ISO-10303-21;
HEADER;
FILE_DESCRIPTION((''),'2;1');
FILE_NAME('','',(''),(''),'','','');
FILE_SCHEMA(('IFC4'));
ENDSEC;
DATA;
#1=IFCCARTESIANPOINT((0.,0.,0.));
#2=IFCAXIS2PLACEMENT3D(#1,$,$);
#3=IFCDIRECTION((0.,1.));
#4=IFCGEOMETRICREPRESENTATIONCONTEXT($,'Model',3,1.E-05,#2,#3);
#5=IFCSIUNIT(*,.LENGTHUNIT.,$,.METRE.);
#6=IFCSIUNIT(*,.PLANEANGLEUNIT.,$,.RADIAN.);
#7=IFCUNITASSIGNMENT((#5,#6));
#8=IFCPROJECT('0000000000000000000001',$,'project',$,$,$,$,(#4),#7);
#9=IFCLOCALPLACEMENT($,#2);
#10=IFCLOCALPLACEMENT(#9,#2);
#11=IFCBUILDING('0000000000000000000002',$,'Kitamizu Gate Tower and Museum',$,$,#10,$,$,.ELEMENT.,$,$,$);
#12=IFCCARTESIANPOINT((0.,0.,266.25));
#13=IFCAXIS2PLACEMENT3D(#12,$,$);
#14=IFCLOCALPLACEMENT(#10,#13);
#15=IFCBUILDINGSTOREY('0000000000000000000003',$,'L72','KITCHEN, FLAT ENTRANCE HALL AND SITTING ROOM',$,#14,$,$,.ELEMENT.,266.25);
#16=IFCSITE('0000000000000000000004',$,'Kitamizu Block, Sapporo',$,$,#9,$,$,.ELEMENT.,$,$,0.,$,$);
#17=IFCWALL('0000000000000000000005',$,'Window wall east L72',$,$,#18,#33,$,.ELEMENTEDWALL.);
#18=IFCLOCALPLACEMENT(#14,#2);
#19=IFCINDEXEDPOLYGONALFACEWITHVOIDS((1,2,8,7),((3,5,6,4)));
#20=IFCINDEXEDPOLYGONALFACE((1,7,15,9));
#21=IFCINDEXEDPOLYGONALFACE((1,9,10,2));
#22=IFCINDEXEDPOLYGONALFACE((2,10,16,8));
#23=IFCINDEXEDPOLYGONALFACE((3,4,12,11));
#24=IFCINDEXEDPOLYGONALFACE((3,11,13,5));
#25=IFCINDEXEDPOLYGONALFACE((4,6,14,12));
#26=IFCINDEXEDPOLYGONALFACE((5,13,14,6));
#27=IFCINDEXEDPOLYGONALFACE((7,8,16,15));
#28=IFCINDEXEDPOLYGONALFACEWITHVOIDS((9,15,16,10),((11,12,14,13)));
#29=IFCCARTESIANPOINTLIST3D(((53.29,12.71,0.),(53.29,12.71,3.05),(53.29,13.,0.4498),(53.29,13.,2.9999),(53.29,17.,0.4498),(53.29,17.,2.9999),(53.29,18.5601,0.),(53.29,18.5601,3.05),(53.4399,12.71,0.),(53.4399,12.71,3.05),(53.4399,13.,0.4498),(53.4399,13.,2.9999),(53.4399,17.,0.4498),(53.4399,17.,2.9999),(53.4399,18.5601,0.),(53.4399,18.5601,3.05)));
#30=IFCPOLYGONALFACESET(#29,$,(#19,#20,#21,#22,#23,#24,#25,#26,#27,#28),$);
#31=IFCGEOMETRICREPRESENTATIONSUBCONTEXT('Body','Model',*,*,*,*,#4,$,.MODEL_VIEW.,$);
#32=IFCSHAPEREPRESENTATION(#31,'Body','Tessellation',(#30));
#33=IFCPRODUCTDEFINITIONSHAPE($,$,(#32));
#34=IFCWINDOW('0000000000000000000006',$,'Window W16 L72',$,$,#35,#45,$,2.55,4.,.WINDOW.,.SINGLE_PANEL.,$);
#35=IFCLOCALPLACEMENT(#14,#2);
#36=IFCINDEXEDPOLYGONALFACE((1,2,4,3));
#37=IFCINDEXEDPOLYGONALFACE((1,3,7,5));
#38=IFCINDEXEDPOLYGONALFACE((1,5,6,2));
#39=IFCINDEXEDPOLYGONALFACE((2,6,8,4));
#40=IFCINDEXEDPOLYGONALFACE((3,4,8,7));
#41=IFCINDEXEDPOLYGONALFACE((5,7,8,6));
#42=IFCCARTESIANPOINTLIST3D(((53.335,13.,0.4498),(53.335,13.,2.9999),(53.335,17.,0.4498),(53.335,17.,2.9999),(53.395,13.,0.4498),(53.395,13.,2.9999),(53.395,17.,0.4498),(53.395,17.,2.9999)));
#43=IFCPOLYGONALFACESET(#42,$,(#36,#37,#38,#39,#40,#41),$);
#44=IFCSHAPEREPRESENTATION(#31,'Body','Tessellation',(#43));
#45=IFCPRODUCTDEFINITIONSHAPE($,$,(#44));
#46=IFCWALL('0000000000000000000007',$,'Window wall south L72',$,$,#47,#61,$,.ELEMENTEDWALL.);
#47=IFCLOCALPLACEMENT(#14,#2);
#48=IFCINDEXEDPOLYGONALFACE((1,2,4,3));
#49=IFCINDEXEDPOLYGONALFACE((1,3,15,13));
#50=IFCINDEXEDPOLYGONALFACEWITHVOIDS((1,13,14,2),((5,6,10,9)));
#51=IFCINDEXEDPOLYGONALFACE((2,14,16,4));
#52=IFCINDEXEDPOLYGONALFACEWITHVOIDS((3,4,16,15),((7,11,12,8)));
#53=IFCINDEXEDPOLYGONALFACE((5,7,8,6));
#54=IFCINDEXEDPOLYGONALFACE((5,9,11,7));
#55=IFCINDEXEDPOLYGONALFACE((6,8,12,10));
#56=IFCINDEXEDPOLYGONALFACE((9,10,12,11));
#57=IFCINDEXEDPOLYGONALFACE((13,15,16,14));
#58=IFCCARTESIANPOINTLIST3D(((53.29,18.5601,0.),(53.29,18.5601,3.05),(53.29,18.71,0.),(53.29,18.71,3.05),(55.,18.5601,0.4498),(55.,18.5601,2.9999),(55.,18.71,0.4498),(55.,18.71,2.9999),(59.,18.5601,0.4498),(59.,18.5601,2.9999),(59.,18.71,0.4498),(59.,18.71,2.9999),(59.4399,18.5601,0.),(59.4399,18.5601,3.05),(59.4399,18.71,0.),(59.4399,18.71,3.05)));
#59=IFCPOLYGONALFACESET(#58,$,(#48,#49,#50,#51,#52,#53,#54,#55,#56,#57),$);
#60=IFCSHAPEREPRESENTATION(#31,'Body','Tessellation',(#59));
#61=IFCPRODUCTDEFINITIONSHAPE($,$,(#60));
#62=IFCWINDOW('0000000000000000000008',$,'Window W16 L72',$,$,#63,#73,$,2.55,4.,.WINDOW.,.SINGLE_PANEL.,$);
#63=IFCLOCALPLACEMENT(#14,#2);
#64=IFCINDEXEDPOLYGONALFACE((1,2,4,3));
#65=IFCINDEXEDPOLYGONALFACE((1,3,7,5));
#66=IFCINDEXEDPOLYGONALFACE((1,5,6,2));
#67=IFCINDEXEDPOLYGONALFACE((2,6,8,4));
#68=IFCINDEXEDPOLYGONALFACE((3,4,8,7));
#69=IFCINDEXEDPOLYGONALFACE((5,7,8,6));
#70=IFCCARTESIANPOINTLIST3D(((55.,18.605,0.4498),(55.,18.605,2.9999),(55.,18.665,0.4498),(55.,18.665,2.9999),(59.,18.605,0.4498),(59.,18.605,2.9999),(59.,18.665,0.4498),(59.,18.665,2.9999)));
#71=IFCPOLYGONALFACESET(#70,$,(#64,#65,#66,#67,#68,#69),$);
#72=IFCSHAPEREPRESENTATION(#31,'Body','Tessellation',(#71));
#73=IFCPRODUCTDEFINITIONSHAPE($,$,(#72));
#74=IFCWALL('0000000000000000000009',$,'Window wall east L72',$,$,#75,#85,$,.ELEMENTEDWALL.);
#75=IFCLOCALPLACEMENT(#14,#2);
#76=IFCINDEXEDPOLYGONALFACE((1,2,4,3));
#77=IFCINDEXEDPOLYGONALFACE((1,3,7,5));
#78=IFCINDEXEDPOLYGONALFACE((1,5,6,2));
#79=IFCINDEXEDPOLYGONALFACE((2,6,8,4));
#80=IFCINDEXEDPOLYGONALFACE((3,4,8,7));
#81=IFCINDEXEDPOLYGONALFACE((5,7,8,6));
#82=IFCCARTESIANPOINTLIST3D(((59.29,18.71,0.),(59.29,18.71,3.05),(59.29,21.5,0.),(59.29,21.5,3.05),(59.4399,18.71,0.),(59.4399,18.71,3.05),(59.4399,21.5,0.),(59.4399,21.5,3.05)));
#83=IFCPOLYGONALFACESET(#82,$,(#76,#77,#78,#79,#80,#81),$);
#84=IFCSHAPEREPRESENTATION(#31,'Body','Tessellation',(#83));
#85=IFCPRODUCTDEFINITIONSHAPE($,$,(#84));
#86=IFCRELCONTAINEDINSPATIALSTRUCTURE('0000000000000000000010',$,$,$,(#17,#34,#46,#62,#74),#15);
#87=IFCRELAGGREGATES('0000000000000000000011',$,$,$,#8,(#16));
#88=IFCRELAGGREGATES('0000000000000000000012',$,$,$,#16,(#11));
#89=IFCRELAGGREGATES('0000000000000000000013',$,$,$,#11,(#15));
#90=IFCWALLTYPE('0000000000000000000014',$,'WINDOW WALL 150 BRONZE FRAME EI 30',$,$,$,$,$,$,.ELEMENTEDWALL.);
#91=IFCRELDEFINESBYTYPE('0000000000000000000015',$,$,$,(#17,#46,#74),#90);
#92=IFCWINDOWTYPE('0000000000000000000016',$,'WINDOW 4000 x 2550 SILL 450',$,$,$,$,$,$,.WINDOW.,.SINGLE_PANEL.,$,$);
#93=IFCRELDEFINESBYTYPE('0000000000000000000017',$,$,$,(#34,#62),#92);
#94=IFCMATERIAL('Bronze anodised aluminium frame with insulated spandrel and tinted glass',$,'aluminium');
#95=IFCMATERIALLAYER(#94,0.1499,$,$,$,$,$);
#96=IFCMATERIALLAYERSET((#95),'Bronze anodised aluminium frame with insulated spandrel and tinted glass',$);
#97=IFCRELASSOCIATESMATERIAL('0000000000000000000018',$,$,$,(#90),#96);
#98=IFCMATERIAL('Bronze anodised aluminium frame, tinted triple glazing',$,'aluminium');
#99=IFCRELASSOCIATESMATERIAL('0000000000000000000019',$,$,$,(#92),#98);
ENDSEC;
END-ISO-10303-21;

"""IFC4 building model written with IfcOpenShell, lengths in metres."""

from ifc_helpers import new_model, si_unit, direction, frame, frame_2d, origin, place, context, subcontext, project, spatial, rectangle, extrude, material, layer, layer_set, type_object, element, fill, save


model = new_model("IFC4")

# Units and contexts
model_context = context("Model", 3, precision=1e-05, world=origin(), true_north=direction((0.0, 1.0)))
body_context = subcontext(model_context, "Body", "Model", "MODEL_VIEW")
ifc_project = project(units=[si_unit("LENGTHUNIT", "METRE"), si_unit("PLANEANGLEUNIT", "RADIAN")], contexts=[model_context])

# Site, building, storey
site_placement = place(None, origin())
site = spatial("IfcSite", under=ifc_project, at=site_placement, Name="Kitamizu Block, Sapporo", CompositionType="ELEMENT", RefElevation=0.0)
building_placement = place(site_placement, origin())
building = spatial("IfcBuilding", under=site, at=building_placement, Name="Kitamizu Gate Tower and Museum", CompositionType="ELEMENT")
storey_placement = place(building_placement, frame((0.0, 0.0, 266.25)))
storey = spatial("IfcBuildingStorey", under=building, at=storey_placement, Name="L72", Description="KITCHEN, FLAT ENTRANCE HALL AND SITTING ROOM", CompositionType="ELEMENT", Elevation=266.25)

# Walls, openings, windows
ifc_material_1 = material(Name="Bronze anodised aluminium frame with insulated spandrel and tinted glass", Category="aluminium")
ifc_layer_1 = layer(ifc_material_1, 0.1499)
ifc_layer_set_1 = layer_set([ifc_layer_1], Name="Bronze anodised aluminium frame with insulated spandrel and tinted glass")
wall_type_1 = type_object("IfcWallType", Name="WINDOW WALL 150 BRONZE FRAME EI 30", PredefinedType="ELEMENTEDWALL", material=ifc_layer_set_1)
wall_1_placement = place(storey_placement, frame((53.365, 12.71, 0.0), z_axis=(0.0, 0.0, 1.0), x_axis=(0.0, 1.0, 0.0)))
wall_1 = element("IfcWall", 1, at=wall_1_placement, inside=storey, type_object=wall_type_1, Name="Window wall east L72", PredefinedType="ELEMENTEDWALL", context=body_context, shape_type="SweptSolid", body=[
    extrude(rectangle(XDim=5.8501, YDim=0.1499, at=frame_2d((2.925, 0.0))), origin(), (0.0, 0.0, 1.0), 3.05),
])
opening_1_placement = place(wall_1_placement, frame((0.29, 0.0, 0.45)))
opening_1 = element("IfcOpeningElement", 2, at=opening_1_placement, cuts=wall_1, PredefinedType="OPENING", context=body_context, shape_type="SweptSolid", body=[
    extrude(rectangle(XDim=4.0, YDim=2.55, at=frame_2d((2.0, 1.2749))), frame((0.0, 0.085, 0.0), z_axis=(0.0, -1.0, 0.0), x_axis=(1.0, 0.0, 0.0)), (0.0, 0.0, 1.0), 0.1699),
])
ifc_material_2 = material(Name="Bronze anodised aluminium frame, tinted triple glazing", Category="aluminium")
window_type = type_object("IfcWindowType", Name="WINDOW 4000 x 2550 SILL 450", PartitioningType="SINGLE_PANEL", PredefinedType="WINDOW", material=ifc_material_2)
window_1_placement = place(opening_1_placement, origin())
window_1 = element("IfcWindow", 3, at=window_1_placement, inside=storey, type_object=window_type, Name="Window W16 L72", OverallHeight=2.55, OverallWidth=4.0, PartitioningType="SINGLE_PANEL", PredefinedType="WINDOW", context=body_context, shape_type="SweptSolid", body=[
    extrude(rectangle(XDim=4.0, YDim=2.55, at=frame_2d((2.0, 1.2749))), frame((0.0, 0.03, 0.0), z_axis=(0.0, -1.0, 0.0), x_axis=(1.0, 0.0, 0.0)), (0.0, 0.0, 1.0), 0.0601),
])
fill(opening_1, window_1)
wall_2_placement = place(storey_placement, frame((53.29, 18.635, 0.0), z_axis=(0.0, 0.0, 1.0), x_axis=(1.0, 0.0, 0.0)))
wall_2 = element("IfcWall", 4, at=wall_2_placement, inside=storey, type_object=wall_type_1, Name="Window wall south L72", PredefinedType="ELEMENTEDWALL", context=body_context, shape_type="SweptSolid", body=[
    extrude(rectangle(XDim=6.1499, YDim=0.1499, at=frame_2d((3.075, 0.0))), origin(), (0.0, 0.0, 1.0), 3.05),
])
opening_2_placement = place(wall_2_placement, frame((1.71, 0.0, 0.45)))
opening_2 = element("IfcOpeningElement", 5, at=opening_2_placement, cuts=wall_2, PredefinedType="OPENING", context=body_context, shape_type="SweptSolid", body=[
    extrude(rectangle(XDim=4.0, YDim=2.55, at=frame_2d((2.0, 1.2749))), frame((0.0, 0.085, 0.0), z_axis=(0.0, -1.0, 0.0), x_axis=(1.0, 0.0, 0.0)), (0.0, 0.0, 1.0), 0.1699),
])
window_2_placement = place(opening_2_placement, origin())
window_2 = element("IfcWindow", 6, at=window_2_placement, inside=storey, type_object=window_type, Name="Window W16 L72", OverallHeight=2.55, OverallWidth=4.0, PartitioningType="SINGLE_PANEL", PredefinedType="WINDOW", context=body_context, shape_type="SweptSolid", body=[
    extrude(rectangle(XDim=4.0, YDim=2.55, at=frame_2d((2.0, 1.2749))), frame((0.0, 0.03, 0.0), z_axis=(0.0, -1.0, 0.0), x_axis=(1.0, 0.0, 0.0)), (0.0, 0.0, 1.0), 0.0601),
])
fill(opening_2, window_2)

# Wall
wall_3_placement = place(storey_placement, frame((59.365, 18.71, 0.0), z_axis=(0.0, 0.0, 1.0), x_axis=(0.0, 1.0, 0.0)))
element("IfcWall", 7, at=wall_3_placement, inside=storey, type_object=wall_type_1, Name="Window wall east L72", PredefinedType="ELEMENTEDWALL", context=body_context, shape_type="SweptSolid", body=[
    extrude(rectangle(XDim=2.79, YDim=0.1499, at=frame_2d((1.395, 0.0))), origin(), (0.0, 0.0, 1.0), 3.05),
])

save(model, "model.ifc")
